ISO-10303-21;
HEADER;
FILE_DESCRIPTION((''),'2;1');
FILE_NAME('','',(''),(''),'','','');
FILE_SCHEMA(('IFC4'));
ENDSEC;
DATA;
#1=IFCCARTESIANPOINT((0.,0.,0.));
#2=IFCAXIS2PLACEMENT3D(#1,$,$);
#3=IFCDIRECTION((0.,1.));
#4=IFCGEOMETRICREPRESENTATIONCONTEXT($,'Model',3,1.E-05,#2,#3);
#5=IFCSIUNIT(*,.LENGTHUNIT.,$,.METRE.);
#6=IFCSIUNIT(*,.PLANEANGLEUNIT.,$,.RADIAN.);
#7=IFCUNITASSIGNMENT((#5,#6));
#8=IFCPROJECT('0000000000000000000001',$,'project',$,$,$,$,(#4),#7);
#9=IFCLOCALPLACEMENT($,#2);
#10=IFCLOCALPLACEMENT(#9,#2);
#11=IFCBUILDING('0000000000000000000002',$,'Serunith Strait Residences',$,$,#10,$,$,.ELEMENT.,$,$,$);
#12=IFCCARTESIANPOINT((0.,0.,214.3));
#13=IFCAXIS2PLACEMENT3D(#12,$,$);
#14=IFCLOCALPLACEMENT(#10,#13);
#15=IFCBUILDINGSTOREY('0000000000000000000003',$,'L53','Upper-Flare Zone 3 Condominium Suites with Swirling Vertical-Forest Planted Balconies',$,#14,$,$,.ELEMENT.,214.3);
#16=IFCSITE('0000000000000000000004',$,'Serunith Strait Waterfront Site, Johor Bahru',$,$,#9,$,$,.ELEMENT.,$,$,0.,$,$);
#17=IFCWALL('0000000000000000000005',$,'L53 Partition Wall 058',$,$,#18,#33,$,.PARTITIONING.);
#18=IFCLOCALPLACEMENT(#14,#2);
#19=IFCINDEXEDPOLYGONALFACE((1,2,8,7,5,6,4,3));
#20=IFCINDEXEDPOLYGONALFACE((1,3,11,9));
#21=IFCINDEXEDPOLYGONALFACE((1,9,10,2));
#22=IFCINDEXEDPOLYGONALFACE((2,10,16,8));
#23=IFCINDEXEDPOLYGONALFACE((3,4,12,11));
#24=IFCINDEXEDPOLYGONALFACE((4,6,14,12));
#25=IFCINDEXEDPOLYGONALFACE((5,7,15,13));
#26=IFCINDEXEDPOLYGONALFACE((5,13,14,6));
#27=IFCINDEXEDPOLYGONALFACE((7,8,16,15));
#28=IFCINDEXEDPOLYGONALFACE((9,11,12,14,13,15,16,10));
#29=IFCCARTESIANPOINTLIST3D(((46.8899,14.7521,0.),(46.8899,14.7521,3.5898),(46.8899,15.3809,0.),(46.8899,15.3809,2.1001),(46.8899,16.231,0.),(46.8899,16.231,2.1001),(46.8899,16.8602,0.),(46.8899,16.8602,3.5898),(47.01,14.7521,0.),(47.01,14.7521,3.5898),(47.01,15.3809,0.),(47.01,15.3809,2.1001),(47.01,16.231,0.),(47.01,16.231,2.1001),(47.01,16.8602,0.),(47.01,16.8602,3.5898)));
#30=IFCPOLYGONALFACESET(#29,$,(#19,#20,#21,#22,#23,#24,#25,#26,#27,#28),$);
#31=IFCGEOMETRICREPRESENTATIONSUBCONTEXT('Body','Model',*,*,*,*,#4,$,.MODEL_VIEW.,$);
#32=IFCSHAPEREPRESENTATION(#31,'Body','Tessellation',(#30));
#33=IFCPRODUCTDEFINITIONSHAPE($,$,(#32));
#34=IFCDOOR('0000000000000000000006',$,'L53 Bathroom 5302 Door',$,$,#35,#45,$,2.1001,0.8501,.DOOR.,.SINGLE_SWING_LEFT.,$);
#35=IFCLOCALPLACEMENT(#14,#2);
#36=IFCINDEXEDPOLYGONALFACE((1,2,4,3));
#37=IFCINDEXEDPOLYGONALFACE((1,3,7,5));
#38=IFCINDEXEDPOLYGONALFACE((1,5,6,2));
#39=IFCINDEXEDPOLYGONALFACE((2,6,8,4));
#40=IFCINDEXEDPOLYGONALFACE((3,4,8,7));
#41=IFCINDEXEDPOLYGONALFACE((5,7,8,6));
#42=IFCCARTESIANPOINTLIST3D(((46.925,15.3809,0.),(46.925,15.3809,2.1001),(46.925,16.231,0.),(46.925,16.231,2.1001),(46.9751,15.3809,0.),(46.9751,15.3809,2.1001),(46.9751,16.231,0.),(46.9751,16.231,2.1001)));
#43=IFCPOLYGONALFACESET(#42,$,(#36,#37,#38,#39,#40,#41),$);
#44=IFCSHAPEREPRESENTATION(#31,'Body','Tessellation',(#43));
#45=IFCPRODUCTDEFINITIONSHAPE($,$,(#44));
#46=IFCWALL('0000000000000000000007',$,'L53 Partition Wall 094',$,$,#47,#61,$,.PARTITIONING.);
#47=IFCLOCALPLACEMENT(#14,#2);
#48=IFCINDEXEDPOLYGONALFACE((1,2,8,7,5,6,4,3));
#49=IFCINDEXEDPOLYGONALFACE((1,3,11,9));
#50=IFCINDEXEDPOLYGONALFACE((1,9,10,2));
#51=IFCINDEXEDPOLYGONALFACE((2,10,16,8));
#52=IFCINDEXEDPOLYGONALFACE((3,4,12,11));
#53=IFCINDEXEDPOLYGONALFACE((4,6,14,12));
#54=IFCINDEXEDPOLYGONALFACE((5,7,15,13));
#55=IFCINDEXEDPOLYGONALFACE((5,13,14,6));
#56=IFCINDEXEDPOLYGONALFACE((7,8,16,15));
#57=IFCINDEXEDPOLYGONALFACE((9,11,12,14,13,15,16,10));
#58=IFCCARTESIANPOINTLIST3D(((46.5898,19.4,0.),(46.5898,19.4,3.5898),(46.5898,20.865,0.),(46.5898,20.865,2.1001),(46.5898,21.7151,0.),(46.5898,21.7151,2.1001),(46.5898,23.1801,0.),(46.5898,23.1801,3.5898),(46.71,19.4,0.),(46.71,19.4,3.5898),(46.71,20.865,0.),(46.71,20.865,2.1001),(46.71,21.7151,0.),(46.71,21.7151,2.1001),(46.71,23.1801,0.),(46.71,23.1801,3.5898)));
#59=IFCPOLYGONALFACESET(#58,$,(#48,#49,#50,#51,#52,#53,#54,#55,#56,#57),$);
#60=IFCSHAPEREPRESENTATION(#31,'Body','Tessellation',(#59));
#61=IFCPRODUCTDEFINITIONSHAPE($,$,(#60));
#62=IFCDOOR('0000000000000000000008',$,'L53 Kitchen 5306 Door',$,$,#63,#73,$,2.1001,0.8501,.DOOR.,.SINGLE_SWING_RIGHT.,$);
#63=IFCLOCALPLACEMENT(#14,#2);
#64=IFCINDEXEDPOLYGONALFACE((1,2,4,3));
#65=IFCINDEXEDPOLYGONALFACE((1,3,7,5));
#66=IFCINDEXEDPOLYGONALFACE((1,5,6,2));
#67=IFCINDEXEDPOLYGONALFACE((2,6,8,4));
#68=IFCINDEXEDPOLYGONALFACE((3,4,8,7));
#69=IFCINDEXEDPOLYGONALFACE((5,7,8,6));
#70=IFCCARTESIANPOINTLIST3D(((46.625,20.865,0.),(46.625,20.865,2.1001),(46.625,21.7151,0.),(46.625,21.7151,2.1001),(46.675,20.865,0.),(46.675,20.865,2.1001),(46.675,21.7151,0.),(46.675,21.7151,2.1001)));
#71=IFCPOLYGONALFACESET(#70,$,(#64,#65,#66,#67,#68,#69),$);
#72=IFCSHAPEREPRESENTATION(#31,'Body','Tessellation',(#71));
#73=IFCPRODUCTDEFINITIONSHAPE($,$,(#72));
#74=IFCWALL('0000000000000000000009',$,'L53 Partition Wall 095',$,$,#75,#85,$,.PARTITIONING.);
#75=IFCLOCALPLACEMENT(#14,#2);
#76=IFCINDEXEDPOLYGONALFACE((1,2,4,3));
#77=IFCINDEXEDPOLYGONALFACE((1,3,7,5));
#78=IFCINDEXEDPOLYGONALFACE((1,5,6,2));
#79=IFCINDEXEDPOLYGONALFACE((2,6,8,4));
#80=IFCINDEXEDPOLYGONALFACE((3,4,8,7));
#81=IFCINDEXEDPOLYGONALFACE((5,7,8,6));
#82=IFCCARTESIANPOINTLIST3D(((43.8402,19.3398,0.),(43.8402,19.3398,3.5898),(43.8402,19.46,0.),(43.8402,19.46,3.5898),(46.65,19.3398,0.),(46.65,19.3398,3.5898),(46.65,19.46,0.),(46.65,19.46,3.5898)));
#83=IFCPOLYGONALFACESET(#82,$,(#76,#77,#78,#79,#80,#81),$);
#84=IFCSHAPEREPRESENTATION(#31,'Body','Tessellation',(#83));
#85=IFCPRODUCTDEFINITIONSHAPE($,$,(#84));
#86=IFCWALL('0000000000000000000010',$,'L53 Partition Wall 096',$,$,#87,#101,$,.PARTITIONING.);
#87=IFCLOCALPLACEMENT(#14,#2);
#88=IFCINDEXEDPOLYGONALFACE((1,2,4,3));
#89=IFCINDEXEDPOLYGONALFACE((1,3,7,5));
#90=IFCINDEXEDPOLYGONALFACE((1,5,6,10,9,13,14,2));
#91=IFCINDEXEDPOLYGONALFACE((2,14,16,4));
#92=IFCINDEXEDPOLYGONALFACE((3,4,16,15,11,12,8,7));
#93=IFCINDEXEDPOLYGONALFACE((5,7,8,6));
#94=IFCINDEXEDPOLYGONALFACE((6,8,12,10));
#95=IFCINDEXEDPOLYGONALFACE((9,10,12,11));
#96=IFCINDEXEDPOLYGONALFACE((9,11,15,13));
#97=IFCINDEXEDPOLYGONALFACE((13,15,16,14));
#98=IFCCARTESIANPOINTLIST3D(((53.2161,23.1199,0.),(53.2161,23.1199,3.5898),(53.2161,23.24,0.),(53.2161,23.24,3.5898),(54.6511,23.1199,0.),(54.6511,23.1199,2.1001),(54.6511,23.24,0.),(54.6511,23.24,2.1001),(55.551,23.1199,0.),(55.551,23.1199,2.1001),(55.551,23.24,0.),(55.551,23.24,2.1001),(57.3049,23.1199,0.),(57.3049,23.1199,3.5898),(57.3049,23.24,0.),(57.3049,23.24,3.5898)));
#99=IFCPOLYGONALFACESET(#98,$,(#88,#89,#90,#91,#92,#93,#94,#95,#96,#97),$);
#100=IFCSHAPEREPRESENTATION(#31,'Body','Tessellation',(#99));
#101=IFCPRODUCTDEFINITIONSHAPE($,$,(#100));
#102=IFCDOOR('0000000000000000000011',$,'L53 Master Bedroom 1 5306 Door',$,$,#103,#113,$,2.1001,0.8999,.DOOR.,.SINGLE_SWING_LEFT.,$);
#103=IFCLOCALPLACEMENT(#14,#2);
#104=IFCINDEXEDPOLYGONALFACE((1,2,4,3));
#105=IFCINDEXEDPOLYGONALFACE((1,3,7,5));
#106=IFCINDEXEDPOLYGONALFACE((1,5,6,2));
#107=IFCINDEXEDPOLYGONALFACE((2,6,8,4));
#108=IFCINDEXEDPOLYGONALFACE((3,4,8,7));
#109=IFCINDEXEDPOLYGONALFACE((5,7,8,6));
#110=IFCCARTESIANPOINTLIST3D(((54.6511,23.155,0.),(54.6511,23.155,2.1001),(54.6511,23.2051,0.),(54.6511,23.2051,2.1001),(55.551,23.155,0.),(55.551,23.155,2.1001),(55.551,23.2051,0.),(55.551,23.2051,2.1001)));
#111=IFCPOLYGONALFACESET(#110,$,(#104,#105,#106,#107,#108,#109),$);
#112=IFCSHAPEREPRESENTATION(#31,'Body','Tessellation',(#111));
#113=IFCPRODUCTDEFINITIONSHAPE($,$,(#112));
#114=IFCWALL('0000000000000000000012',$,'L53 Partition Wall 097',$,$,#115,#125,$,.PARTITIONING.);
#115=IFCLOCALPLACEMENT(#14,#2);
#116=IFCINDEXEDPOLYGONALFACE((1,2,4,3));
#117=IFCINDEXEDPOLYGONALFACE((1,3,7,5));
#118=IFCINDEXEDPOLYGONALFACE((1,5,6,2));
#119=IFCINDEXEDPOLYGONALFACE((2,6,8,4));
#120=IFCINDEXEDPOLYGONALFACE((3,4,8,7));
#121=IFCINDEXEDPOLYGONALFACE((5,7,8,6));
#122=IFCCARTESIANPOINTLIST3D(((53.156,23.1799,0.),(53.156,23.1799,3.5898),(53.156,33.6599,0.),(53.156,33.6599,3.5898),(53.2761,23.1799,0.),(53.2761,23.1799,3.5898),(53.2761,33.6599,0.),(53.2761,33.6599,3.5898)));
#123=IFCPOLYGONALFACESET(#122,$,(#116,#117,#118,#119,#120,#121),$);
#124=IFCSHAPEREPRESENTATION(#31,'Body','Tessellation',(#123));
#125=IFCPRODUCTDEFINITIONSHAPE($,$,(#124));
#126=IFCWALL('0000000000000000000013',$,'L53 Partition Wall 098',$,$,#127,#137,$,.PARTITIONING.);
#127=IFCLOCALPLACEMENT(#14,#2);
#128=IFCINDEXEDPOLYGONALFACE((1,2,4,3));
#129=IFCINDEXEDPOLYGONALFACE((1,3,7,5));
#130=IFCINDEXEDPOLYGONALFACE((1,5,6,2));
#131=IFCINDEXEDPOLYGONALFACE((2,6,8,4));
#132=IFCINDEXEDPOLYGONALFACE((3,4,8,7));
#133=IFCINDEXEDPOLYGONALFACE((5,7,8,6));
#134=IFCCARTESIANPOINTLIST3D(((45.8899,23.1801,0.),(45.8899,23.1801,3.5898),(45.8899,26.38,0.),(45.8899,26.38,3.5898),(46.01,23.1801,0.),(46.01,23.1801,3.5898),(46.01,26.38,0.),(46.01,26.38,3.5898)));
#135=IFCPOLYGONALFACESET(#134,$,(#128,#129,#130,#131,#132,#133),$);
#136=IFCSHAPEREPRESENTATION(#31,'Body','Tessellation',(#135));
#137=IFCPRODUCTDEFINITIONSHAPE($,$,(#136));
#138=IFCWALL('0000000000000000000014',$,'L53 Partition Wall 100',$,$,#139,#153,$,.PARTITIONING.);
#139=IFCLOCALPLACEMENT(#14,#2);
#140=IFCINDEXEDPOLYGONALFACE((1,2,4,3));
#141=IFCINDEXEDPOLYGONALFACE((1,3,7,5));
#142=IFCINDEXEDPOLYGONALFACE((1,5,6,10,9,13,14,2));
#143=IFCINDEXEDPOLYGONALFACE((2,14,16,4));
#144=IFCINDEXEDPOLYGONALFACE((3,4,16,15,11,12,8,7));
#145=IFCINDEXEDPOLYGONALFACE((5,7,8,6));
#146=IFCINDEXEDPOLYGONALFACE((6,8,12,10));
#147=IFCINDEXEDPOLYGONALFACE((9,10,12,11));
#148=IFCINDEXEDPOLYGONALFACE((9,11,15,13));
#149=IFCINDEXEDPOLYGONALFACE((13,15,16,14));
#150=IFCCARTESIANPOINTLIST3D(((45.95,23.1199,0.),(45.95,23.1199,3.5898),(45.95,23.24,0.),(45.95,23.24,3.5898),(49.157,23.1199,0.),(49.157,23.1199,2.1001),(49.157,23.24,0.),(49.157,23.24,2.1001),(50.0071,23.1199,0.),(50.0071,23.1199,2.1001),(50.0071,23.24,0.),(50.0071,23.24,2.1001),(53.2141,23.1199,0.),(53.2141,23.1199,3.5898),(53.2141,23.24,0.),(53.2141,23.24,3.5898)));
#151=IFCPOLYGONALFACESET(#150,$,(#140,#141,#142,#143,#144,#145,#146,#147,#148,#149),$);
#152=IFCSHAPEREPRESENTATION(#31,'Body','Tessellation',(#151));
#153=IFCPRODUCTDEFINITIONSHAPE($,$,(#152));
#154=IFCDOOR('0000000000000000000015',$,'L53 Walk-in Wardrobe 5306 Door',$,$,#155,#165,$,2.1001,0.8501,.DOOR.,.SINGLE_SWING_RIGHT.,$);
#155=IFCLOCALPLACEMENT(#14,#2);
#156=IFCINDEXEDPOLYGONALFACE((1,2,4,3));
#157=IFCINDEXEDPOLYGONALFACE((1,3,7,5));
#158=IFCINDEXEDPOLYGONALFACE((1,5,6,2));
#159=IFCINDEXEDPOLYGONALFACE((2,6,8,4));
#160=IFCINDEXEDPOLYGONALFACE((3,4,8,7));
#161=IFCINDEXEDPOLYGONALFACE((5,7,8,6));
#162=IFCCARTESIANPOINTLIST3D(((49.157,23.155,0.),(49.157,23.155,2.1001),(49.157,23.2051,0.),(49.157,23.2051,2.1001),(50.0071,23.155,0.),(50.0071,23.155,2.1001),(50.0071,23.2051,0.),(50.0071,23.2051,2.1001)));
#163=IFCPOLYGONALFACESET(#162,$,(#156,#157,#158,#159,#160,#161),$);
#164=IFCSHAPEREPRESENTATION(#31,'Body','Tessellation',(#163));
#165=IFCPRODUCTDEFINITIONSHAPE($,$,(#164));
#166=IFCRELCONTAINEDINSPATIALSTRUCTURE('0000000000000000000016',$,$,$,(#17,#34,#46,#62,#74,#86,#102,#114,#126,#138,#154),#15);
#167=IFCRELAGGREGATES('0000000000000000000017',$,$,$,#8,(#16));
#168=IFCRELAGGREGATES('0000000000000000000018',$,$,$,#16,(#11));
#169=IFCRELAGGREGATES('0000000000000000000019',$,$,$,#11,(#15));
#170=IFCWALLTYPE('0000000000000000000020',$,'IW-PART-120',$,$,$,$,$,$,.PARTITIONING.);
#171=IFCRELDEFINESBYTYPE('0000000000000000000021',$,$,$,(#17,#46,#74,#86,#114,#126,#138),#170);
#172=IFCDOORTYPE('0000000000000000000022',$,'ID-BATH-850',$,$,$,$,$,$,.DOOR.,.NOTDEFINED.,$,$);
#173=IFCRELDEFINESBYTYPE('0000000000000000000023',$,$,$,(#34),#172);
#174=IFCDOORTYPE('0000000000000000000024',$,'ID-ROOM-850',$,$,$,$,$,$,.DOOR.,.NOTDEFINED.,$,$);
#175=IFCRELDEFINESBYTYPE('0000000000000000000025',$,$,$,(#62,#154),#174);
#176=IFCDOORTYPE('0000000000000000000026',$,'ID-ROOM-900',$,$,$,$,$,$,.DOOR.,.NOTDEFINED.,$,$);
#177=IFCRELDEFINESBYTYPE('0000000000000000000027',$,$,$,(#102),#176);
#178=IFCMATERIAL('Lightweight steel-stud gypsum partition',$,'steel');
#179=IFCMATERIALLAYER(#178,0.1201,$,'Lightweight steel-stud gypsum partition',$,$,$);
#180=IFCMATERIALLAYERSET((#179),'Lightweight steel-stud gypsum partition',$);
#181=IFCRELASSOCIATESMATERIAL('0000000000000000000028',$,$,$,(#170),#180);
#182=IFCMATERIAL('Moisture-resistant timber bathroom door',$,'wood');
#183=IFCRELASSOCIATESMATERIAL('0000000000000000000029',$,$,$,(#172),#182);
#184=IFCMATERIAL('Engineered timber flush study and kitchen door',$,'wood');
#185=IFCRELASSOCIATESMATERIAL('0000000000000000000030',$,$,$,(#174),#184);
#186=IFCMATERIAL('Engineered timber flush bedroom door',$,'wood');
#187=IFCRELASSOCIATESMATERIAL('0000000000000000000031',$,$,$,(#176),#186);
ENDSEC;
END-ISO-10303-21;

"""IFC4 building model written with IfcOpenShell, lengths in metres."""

from ifc_helpers import new_model, si_unit, direction, frame, frame_2d, origin, place, context, subcontext, project, spatial, rectangle, extrude, source, transform, mapped, material, layer, layer_set, type_object, element, fill, save


model = new_model("IFC4")

# Units and contexts
model_context = context("Model", 3, precision=1e-05, world=origin(), true_north=direction((0.0, 1.0)))
body_context = subcontext(model_context, "Body", "Model", "MODEL_VIEW")
ifc_project = project(units=[si_unit("LENGTHUNIT", "METRE"), si_unit("PLANEANGLEUNIT", "RADIAN")], contexts=[model_context])

# Site, building, storey
site_placement = place(None, origin())
site = spatial("IfcSite", under=ifc_project, at=site_placement, Name="Serunith Strait Waterfront Site, Johor Bahru", CompositionType="ELEMENT", RefElevation=0.0)
building_placement = place(site_placement, origin())
building = spatial("IfcBuilding", under=site, at=building_placement, Name="Serunith Strait Residences", CompositionType="ELEMENT")
storey_placement = place(building_placement, frame((0.0, 0.0, 214.3)))
storey = spatial("IfcBuildingStorey", under=building, at=storey_placement, Name="L53", Description="Upper-Flare Zone 3 Condominium Suites with Swirling Vertical-Forest Planted Balconies", CompositionType="ELEMENT", Elevation=214.3)

# Shared definitions
ifc_material_1 = material(Name="Lightweight steel-stud gypsum partition", Category="steel")
ifc_layer_1 = layer(ifc_material_1, 0.1201, Name="Lightweight steel-stud gypsum partition")
ifc_layer_set_1 = layer_set([ifc_layer_1], Name="Lightweight steel-stud gypsum partition")
wall_type = type_object("IfcWallType", Name="IW-PART-120", PredefinedType="PARTITIONING", material=ifc_layer_set_1)

# Walls, openings, doors
wall_1_placement = place(storey_placement, frame((46.95, 14.752, 0.0), z_axis=(0.0, 0.0, 1.0), x_axis=(0.0, 1.0, 0.0)))
wall_1 = element("IfcWall", 1, at=wall_1_placement, inside=storey, type_object=wall_type, Name="L53 Partition Wall 058", PredefinedType="PARTITIONING", context=body_context, shape_type="SweptSolid", body=[
    extrude(rectangle(XDim=2.1082, YDim=0.1201, at=frame_2d((1.0542, 0.0))), origin(), (0.0, 0.0, 1.0), 3.5898),
])
opening_1_placement = place(wall_1_placement, frame((0.6289, 0.0, 0.0)))
opening_1 = element("IfcOpeningElement", 2, at=opening_1_placement, cuts=wall_1, PredefinedType="OPENING", context=body_context, shape_type="SweptSolid", body=[
    extrude(rectangle(XDim=0.8501, YDim=2.1001, at=frame_2d((0.425, 1.05))), frame((0.0, 0.0701, 0.0), z_axis=(0.0, -1.0, 0.0), x_axis=(1.0, 0.0, 0.0)), (0.0, 0.0, 1.0), 0.1401),
])
ifc_material_2 = material(Name="Moisture-resistant timber bathroom door", Category="wood")
door_type_1 = type_object("IfcDoorType", Name="ID-BATH-850", OperationType="NOTDEFINED", PredefinedType="DOOR", material=ifc_material_2)
shared_shape_1 = source(origin(), body_context, "Body", "SweptSolid", [
    extrude(rectangle(XDim=0.8501, YDim=2.1001, at=frame_2d((0.425, 1.05))), frame((0.0, 0.0249, 0.0), z_axis=(0.0, -1.0, 0.0), x_axis=(1.0, 0.0, 0.0)), (0.0, 0.0, 1.0), 0.05),
])
door_1_placement = place(opening_1_placement, origin())
door_1 = element("IfcDoor", 3, at=door_1_placement, inside=storey, type_object=door_type_1, Name="L53 Bathroom 5302 Door", OperationType="SINGLE_SWING_LEFT", OverallHeight=2.1001, OverallWidth=0.8501, PredefinedType="DOOR", context=body_context, shape_type="MappedRepresentation", body=[
    mapped(shared_shape_1, transform((0.0, 0.0, 0.0), scale=1.0)),
])
fill(opening_1, door_1)
wall_2_placement = place(storey_placement, frame((46.6499, 19.3999, 0.0), z_axis=(0.0, 0.0, 1.0), x_axis=(0.0, 1.0, 0.0)))
wall_2 = element("IfcWall", 4, at=wall_2_placement, inside=storey, type_object=wall_type, Name="L53 Partition Wall 094", PredefinedType="PARTITIONING", context=body_context, shape_type="SweptSolid", body=[
    extrude(rectangle(XDim=3.78, YDim=0.1201, at=frame_2d((1.8901, 0.0))), origin(), (0.0, 0.0, 1.0), 3.5898),
])
opening_2_placement = place(wall_2_placement, frame((1.4651, 0.0, 0.0)))
opening_2 = element("IfcOpeningElement", 5, at=opening_2_placement, cuts=wall_2, PredefinedType="OPENING", context=body_context, shape_type="SweptSolid", body=[
    extrude(rectangle(XDim=0.8501, YDim=2.1001, at=frame_2d((0.425, 1.05))), frame((0.0, 0.0701, 0.0), z_axis=(0.0, -1.0, 0.0), x_axis=(1.0, 0.0, 0.0)), (0.0, 0.0, 1.0), 0.1401),
])
ifc_material_3 = material(Name="Engineered timber flush study and kitchen door", Category="wood")
door_type_2 = type_object("IfcDoorType", Name="ID-ROOM-850", OperationType="NOTDEFINED", PredefinedType="DOOR", material=ifc_material_3)
door_2_placement = place(opening_2_placement, origin())
door_2 = element("IfcDoor", 6, at=door_2_placement, inside=storey, type_object=door_type_2, Name="L53 Kitchen 5306 Door", OperationType="SINGLE_SWING_RIGHT", OverallHeight=2.1001, OverallWidth=0.8501, PredefinedType="DOOR", context=body_context, shape_type="MappedRepresentation", body=[
    mapped(shared_shape_1, transform((0.0, 0.0, 0.0), scale=1.0)),
])
fill(opening_2, door_2)

# Wall
wall_3_placement = place(storey_placement, frame((46.6499, 19.3999, 0.0), z_axis=(0.0, 0.0, 1.0), x_axis=(-1.0, 0.0, 0.0)))
element("IfcWall", 7, at=wall_3_placement, inside=storey, type_object=wall_type, Name="L53 Partition Wall 095", PredefinedType="PARTITIONING", context=body_context, shape_type="SweptSolid", body=[
    extrude(rectangle(XDim=2.8098, YDim=0.1201, at=frame_2d((1.4048, 0.0))), origin(), (0.0, 0.0, 1.0), 3.5898),
])

# Wall, opening, door
wall_4_placement = place(storey_placement, frame((57.3049, 23.1799, 0.0), z_axis=(0.0, 0.0, 1.0), x_axis=(-1.0, 0.0, 0.0)))
wall_4 = element("IfcWall", 8, at=wall_4_placement, inside=storey, type_object=wall_type, Name="L53 Partition Wall 096", PredefinedType="PARTITIONING", context=body_context, shape_type="SweptSolid", body=[
    extrude(rectangle(XDim=4.0889, YDim=0.1201, at=frame_2d((2.0444, 0.0))), origin(), (0.0, 0.0, 1.0), 3.5898),
])
opening_3_placement = place(wall_4_placement, frame((1.7539, 0.0, 0.0)))
opening_3 = element("IfcOpeningElement", 9, at=opening_3_placement, cuts=wall_4, PredefinedType="OPENING", context=body_context, shape_type="SweptSolid", body=[
    extrude(rectangle(XDim=0.8999, YDim=2.1001, at=frame_2d((0.45, 1.05))), frame((0.0, 0.0701, 0.0), z_axis=(0.0, -1.0, 0.0), x_axis=(1.0, 0.0, 0.0)), (0.0, 0.0, 1.0), 0.1401),
])
ifc_material_4 = material(Name="Engineered timber flush bedroom door", Category="wood")
door_type_3 = type_object("IfcDoorType", Name="ID-ROOM-900", OperationType="NOTDEFINED", PredefinedType="DOOR", material=ifc_material_4)
shared_shape_2 = source(origin(), body_context, "Body", "SweptSolid", [
    extrude(rectangle(XDim=0.8999, YDim=2.1001, at=frame_2d((0.45, 1.05))), frame((0.0, 0.0249, 0.0), z_axis=(0.0, -1.0, 0.0), x_axis=(1.0, 0.0, 0.0)), (0.0, 0.0, 1.0), 0.05),
])
door_3_placement = place(opening_3_placement, origin())
door_3 = element("IfcDoor", 10, at=door_3_placement, inside=storey, type_object=door_type_3, Name="L53 Master Bedroom 1 5306 Door", OperationType="SINGLE_SWING_LEFT", OverallHeight=2.1001, OverallWidth=0.8999, PredefinedType="DOOR", context=body_context, shape_type="MappedRepresentation", body=[
    mapped(shared_shape_2, transform((0.0, 0.0, 0.0), scale=1.0)),
])
fill(opening_3, door_3)

# Walls
wall_5_placement = place(storey_placement, frame((53.2161, 23.1799, 0.0), z_axis=(0.0, 0.0, 1.0), x_axis=(0.0, 1.0, 0.0)))
element("IfcWall", 11, at=wall_5_placement, inside=storey, type_object=wall_type, Name="L53 Partition Wall 097", PredefinedType="PARTITIONING", context=body_context, shape_type="SweptSolid", body=[
    extrude(rectangle(XDim=10.48, YDim=0.1201, at=frame_2d((5.24, 0.0))), origin(), (0.0, 0.0, 1.0), 3.5898),
])
wall_6_placement = place(storey_placement, frame((45.95, 23.1799, 0.0), z_axis=(0.0, 0.0, 1.0), x_axis=(0.0, 1.0, 0.0)))
element("IfcWall", 12, at=wall_6_placement, inside=storey, type_object=wall_type, Name="L53 Partition Wall 098", PredefinedType="PARTITIONING", context=body_context, shape_type="SweptSolid", body=[
    extrude(rectangle(XDim=3.2, YDim=0.1201, at=frame_2d((1.6001, 0.0))), origin(), (0.0, 0.0, 1.0), 3.5898),
])

# Wall, opening, door
wall_7_placement = place(storey_placement, frame((53.2141, 23.1799, 0.0), z_axis=(0.0, 0.0, 1.0), x_axis=(-1.0, 0.0, 0.0)))
wall_7 = element("IfcWall", 13, at=wall_7_placement, inside=storey, type_object=wall_type, Name="L53 Partition Wall 100", PredefinedType="PARTITIONING", context=body_context, shape_type="SweptSolid", body=[
    extrude(rectangle(XDim=7.2642, YDim=0.1201, at=frame_2d((3.6321, 0.0))), origin(), (0.0, 0.0, 1.0), 3.5898),
])
opening_4_placement = place(wall_7_placement, frame((3.207, 0.0, 0.0)))
opening_4 = element("IfcOpeningElement", 14, at=opening_4_placement, cuts=wall_7, PredefinedType="OPENING", context=body_context, shape_type="SweptSolid", body=[
    extrude(rectangle(XDim=0.8501, YDim=2.1001, at=frame_2d((0.425, 1.05))), frame((0.0, 0.0701, 0.0), z_axis=(0.0, -1.0, 0.0), x_axis=(1.0, 0.0, 0.0)), (0.0, 0.0, 1.0), 0.1401),
])
door_4_placement = place(opening_4_placement, origin())
door_4 = element("IfcDoor", 15, at=door_4_placement, inside=storey, type_object=door_type_2, Name="L53 Walk-in Wardrobe 5306 Door", OperationType="SINGLE_SWING_RIGHT", OverallHeight=2.1001, OverallWidth=0.8501, PredefinedType="DOOR", context=body_context, shape_type="MappedRepresentation", body=[
    mapped(shared_shape_1, transform((0.0, 0.0, 0.0), scale=1.0)),
])
fill(opening_4, door_4)

save(model, "model.ifc")
